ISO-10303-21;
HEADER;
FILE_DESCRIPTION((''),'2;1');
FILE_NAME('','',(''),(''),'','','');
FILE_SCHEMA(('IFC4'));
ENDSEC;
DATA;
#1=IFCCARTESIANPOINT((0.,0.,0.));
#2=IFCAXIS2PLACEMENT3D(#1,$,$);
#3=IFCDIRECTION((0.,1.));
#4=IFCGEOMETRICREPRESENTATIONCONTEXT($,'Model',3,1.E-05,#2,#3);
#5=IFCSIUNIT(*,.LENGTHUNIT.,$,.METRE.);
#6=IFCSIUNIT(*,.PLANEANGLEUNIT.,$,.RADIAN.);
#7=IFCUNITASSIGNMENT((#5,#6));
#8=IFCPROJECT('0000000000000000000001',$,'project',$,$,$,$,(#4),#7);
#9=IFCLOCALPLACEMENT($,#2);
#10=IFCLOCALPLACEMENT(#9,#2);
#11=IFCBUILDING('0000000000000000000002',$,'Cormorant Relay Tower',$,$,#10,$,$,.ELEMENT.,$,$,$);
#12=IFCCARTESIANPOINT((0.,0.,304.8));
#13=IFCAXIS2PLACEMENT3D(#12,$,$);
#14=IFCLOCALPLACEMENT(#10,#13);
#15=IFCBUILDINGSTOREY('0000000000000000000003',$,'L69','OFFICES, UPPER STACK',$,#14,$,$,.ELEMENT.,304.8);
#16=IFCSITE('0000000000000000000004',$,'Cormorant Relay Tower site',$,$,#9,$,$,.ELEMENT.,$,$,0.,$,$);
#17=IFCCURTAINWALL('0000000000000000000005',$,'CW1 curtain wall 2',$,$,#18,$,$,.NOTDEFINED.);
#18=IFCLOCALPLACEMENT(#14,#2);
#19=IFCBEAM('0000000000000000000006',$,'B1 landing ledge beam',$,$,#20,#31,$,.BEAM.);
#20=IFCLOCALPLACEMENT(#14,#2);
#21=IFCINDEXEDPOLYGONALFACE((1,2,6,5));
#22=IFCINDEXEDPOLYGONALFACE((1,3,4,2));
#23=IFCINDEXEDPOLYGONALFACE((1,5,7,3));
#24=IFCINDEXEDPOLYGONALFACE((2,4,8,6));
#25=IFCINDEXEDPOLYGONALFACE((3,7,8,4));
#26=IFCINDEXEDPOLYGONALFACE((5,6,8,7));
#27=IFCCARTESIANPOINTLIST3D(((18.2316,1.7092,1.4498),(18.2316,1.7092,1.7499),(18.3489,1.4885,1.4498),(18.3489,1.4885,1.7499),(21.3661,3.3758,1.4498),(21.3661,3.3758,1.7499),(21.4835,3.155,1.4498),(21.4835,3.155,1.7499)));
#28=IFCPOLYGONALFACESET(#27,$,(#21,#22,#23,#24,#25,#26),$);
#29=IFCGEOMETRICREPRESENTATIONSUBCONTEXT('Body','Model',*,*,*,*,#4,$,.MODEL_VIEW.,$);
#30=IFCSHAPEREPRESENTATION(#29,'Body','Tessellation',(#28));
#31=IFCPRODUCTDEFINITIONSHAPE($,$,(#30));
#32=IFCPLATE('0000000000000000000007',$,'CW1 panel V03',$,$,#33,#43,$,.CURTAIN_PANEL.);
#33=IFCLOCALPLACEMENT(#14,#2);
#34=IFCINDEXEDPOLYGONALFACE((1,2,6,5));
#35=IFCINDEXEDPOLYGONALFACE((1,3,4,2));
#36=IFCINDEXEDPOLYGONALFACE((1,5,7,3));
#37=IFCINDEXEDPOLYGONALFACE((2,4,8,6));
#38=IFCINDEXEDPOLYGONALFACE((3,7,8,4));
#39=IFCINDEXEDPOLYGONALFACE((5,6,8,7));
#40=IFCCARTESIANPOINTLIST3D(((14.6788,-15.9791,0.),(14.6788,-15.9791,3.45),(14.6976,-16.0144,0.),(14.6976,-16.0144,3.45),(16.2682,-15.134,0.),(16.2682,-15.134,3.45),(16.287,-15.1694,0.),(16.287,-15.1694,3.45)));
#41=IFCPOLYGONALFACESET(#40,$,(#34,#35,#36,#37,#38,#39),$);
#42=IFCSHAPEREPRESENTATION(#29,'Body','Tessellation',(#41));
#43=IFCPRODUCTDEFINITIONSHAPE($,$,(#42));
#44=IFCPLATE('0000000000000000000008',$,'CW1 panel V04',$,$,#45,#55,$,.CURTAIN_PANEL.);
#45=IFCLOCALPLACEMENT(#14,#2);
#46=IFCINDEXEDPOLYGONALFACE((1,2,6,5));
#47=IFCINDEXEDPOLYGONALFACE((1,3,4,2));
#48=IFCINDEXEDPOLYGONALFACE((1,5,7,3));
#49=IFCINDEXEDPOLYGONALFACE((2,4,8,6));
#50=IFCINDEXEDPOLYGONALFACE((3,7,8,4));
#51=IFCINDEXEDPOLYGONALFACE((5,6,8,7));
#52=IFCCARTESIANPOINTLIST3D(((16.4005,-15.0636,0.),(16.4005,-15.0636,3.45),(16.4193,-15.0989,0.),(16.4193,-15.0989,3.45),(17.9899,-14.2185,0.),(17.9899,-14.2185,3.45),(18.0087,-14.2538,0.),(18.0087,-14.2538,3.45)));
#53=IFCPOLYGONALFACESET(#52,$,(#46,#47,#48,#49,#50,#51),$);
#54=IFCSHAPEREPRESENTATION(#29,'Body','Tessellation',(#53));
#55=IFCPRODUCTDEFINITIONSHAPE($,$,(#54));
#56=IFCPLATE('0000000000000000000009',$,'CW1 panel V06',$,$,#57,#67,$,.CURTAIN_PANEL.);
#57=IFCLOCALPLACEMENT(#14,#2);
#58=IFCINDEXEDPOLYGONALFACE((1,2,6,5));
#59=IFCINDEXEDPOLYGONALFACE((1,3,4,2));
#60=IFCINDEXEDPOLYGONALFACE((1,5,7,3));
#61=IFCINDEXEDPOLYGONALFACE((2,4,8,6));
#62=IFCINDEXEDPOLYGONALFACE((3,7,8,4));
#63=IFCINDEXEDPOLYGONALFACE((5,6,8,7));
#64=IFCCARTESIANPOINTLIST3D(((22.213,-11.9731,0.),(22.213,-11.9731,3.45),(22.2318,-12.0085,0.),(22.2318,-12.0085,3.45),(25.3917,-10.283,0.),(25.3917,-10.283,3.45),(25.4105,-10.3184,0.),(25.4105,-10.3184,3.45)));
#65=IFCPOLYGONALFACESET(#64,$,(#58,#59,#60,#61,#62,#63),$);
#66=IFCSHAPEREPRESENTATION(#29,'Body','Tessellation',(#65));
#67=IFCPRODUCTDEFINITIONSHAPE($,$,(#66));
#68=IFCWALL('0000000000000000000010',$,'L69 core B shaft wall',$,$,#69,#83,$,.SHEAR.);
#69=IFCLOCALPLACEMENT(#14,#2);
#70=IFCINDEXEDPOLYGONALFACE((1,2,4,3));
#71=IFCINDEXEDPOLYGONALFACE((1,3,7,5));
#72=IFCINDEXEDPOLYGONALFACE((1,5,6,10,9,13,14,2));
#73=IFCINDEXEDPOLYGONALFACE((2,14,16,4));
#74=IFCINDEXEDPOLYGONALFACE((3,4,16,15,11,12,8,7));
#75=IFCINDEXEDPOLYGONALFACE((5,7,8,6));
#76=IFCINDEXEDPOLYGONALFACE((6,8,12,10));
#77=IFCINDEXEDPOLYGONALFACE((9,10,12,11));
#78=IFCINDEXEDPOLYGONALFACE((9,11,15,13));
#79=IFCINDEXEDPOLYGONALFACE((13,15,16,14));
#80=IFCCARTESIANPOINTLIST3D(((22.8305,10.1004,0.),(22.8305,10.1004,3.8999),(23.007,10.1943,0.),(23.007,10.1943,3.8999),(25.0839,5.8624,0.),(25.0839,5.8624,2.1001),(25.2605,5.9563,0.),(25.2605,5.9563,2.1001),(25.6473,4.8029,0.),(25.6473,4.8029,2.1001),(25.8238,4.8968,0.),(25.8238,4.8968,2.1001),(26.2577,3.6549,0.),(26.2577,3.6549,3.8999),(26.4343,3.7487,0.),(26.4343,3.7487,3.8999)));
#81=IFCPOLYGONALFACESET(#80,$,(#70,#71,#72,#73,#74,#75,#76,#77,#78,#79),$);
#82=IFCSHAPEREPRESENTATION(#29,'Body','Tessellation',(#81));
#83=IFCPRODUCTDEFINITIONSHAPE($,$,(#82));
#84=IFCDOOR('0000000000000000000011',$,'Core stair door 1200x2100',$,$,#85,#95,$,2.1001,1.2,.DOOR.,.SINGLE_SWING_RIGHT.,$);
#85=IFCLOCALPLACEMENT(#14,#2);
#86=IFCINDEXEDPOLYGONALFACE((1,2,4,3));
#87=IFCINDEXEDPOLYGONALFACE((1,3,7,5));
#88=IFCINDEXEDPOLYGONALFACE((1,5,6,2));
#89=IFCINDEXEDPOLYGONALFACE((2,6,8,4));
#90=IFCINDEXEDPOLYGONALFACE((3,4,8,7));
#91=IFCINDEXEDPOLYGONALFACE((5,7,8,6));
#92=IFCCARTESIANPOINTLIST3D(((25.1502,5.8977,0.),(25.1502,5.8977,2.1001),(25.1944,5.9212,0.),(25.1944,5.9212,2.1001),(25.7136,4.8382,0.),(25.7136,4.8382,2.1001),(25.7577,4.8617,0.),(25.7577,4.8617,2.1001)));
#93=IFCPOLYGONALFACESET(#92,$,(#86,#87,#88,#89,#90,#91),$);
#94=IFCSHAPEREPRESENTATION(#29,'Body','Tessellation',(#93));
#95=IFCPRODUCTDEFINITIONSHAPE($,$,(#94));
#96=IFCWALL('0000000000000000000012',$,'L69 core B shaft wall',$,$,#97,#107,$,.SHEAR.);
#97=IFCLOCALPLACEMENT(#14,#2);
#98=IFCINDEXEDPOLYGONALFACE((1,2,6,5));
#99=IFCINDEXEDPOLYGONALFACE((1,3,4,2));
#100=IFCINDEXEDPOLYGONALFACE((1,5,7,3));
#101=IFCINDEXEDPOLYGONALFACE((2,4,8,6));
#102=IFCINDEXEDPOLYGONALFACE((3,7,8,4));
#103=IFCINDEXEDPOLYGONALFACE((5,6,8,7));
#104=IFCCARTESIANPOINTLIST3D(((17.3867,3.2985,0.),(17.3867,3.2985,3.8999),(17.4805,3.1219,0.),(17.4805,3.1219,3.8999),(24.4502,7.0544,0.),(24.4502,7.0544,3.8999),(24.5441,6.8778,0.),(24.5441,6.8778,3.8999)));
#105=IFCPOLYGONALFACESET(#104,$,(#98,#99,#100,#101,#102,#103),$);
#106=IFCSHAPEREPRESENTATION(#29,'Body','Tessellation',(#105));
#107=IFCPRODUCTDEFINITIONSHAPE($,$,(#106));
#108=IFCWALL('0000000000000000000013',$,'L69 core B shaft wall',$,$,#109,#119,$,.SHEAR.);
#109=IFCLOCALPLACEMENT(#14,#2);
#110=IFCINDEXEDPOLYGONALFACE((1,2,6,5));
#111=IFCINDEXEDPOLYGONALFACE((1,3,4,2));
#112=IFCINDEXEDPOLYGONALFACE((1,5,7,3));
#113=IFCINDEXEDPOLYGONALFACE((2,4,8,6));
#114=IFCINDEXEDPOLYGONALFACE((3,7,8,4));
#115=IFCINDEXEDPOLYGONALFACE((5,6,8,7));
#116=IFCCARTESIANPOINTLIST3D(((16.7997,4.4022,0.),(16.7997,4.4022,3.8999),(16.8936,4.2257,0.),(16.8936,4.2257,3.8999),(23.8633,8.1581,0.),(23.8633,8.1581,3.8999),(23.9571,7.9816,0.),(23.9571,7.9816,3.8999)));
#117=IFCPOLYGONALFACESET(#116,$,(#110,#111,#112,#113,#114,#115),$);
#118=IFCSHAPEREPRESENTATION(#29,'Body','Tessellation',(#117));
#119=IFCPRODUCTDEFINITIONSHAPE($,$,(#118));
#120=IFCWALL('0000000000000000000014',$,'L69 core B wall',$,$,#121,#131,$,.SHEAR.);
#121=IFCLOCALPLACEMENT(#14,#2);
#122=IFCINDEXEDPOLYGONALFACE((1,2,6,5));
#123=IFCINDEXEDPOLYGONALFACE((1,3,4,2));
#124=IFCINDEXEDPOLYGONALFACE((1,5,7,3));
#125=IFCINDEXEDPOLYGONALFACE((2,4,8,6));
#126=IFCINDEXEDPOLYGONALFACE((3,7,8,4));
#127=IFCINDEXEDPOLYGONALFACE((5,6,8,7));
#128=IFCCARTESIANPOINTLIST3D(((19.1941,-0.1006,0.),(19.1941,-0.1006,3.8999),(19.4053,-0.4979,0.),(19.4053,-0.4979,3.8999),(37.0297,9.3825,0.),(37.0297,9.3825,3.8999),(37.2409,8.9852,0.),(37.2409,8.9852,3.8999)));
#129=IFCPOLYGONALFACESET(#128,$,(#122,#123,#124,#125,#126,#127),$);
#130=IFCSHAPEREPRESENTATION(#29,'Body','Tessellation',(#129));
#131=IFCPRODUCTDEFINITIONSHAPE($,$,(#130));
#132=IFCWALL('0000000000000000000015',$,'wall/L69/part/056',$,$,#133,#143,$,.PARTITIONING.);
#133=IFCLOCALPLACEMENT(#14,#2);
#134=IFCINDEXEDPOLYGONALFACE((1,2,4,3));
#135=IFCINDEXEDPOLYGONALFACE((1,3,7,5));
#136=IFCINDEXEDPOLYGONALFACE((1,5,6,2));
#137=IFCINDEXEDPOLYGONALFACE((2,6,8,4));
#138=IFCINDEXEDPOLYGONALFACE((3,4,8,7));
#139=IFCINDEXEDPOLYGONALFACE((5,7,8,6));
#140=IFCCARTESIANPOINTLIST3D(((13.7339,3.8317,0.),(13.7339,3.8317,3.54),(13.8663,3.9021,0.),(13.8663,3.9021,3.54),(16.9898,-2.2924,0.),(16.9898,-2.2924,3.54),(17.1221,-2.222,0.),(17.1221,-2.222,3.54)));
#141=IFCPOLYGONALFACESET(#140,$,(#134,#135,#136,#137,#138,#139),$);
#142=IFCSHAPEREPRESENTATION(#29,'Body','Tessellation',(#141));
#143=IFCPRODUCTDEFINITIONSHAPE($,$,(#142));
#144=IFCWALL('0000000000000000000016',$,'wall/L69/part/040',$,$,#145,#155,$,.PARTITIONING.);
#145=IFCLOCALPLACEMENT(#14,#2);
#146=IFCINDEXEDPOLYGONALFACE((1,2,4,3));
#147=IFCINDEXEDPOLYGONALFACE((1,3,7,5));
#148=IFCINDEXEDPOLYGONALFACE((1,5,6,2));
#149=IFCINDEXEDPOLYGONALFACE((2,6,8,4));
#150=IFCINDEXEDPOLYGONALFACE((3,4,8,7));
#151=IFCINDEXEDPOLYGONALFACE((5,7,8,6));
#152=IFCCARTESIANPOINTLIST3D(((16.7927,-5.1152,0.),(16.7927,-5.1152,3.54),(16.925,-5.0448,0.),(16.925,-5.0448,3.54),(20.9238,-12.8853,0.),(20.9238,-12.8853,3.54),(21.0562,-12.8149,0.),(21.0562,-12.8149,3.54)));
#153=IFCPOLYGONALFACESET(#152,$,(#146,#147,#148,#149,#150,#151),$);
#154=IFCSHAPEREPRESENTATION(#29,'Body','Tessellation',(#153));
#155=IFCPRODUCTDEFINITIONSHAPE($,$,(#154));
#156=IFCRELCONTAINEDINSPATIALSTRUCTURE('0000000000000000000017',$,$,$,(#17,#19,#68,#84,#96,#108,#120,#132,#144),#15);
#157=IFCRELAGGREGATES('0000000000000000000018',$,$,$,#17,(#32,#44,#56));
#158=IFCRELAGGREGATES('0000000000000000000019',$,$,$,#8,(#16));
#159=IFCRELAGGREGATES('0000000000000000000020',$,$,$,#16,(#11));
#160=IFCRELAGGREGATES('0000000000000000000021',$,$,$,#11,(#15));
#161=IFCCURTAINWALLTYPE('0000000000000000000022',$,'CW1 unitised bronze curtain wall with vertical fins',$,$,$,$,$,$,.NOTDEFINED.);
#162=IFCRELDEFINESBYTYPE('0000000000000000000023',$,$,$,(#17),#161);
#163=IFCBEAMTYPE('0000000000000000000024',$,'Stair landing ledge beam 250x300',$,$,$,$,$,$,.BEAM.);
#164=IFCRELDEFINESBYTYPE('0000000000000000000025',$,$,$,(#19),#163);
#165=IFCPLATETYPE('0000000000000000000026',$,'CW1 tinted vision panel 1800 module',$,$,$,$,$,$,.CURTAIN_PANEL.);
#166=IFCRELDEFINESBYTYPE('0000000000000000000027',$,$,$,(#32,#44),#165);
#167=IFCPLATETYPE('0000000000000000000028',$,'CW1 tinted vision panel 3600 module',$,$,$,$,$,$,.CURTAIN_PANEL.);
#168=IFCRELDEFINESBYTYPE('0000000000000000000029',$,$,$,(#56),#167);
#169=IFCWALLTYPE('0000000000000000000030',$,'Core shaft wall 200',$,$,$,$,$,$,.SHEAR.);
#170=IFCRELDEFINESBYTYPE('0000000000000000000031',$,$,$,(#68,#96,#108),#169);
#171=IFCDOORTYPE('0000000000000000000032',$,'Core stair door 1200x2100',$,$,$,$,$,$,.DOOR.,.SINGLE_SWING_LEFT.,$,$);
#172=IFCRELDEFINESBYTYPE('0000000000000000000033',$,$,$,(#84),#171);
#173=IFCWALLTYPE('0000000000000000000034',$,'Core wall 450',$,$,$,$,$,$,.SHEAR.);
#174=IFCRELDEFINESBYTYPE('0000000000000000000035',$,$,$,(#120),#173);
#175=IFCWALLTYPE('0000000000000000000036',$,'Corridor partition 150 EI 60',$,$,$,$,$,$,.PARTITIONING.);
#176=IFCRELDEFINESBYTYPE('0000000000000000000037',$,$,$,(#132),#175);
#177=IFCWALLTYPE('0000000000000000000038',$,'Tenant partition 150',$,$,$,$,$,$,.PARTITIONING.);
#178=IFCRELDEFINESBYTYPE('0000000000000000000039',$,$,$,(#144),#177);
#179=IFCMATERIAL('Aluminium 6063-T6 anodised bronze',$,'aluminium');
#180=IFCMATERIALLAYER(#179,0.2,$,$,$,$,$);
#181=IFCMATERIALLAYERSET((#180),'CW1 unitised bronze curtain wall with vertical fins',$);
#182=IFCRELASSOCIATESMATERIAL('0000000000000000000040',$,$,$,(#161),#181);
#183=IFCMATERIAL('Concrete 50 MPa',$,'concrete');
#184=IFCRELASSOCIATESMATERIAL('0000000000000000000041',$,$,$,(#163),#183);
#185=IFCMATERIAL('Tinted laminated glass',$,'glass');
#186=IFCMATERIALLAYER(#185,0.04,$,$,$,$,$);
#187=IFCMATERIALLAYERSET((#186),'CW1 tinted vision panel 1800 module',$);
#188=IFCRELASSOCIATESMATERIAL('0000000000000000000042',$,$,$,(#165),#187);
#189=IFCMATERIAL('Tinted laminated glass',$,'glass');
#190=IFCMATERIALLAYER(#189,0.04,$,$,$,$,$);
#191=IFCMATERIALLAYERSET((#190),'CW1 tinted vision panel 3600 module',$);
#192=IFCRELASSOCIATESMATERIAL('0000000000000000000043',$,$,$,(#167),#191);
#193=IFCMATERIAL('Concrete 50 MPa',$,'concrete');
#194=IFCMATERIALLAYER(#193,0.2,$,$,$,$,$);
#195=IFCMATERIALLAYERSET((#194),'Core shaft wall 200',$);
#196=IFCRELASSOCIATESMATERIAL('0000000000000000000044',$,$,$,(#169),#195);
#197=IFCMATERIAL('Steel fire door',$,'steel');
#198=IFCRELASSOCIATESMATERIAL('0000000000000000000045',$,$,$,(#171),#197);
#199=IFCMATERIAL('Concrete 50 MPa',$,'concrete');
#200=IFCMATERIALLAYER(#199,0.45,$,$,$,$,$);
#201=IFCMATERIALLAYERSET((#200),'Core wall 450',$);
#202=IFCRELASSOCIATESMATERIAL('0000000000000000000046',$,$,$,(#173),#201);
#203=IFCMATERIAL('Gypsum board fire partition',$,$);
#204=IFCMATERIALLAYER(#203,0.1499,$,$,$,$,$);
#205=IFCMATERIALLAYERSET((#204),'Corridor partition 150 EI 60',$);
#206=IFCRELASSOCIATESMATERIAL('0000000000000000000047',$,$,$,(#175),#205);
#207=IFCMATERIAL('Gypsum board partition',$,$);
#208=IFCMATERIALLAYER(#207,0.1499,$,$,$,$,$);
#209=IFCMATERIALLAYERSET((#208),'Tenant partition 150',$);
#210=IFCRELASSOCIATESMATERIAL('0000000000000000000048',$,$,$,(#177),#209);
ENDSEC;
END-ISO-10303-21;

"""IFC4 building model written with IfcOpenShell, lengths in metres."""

from ifc_helpers import new_model, si_unit, direction, frame, frame_2d, origin, origin_2d, place, context, subcontext, project, spatial, rectangle, extrude, material, layer, layer_set, material_profile, profile_set, type_object, element, fill, aggregate, save


model = new_model("IFC4")

# Units and contexts
model_context = context("Model", 3, precision=1e-05, world=origin(), true_north=direction((0.0, 1.0)))
body_context = subcontext(model_context, "Body", "Model", "MODEL_VIEW")
ifc_project = project(units=[si_unit("LENGTHUNIT", "METRE"), si_unit("PLANEANGLEUNIT", "RADIAN")], contexts=[model_context])

# Site, building, storey
site_placement = place(None, origin())
site = spatial("IfcSite", under=ifc_project, at=site_placement, Name="Cormorant Relay Tower site", CompositionType="ELEMENT", RefElevation=0.0)
building_placement = place(site_placement, origin())
building = spatial("IfcBuilding", under=site, at=building_placement, Name="Cormorant Relay Tower", CompositionType="ELEMENT")
storey_placement = place(building_placement, frame((0.0, 0.0, 304.8)))
storey = spatial("IfcBuildingStorey", under=building, at=storey_placement, Name="L69", Description="OFFICES, UPPER STACK", CompositionType="ELEMENT", Elevation=304.8)

# Curtain wall
ifc_material_1 = material(Name="Aluminium 6063-T6 anodised bronze", Category="aluminium")
ifc_layer_1 = layer(ifc_material_1, 0.2)
ifc_layer_set_1 = layer_set([ifc_layer_1], Name="CW1 unitised bronze curtain wall with vertical fins")
curtain_wall_type = type_object("IfcCurtainWallType", Name="CW1 unitised bronze curtain wall with vertical fins", PredefinedType="NOTDEFINED", material=ifc_layer_set_1)
curtain_wall_placement = place(storey_placement, origin())
curtain_wall = element("IfcCurtainWall", 1, at=curtain_wall_placement, inside=storey, type_object=curtain_wall_type, Name="CW1 curtain wall 2", PredefinedType="NOTDEFINED")

# Beam
ifc_material_2 = material(Name="Concrete 50 MPa", Category="concrete")
ifc_material_profile_1 = material_profile(ifc_material_2, rectangle(XDim=0.25, YDim=0.3, at=origin_2d()), Name="RC 250x300")
ifc_profile_set_1 = profile_set([ifc_material_profile_1], Name="Concrete 50 MPa")
beam_type_1 = type_object("IfcBeamType", Name="Stair landing ledge beam 250x300", PredefinedType="BEAM", material=ifc_profile_set_1)
beam_1_placement = place(storey_placement, frame((21.4248, 3.2654, 1.5999), z_axis=(-0.882965, -0.469438, 0.0), x_axis=(0.469438, -0.882965, 0.0)))
element("IfcBeam", 2, at=beam_1_placement, inside=storey, type_object=beam_type_1, Name="B1 landing ledge beam", PredefinedType="BEAM", context=body_context, shape_type="SweptSolid", body=[
    extrude(rectangle(XDim=0.25, YDim=0.3, at=origin_2d()), origin(), (0.0, 0.0, 1.0), 3.55),
])

# Plates
ifc_material_3 = material(Name="Tinted laminated glass", Category="glass")
ifc_layer_2 = layer(ifc_material_3, 0.04)
ifc_layer_set_2 = layer_set([ifc_layer_2], Name="CW1 tinted vision panel 1800 module")
plate_type_1 = type_object("IfcPlateType", Name="CW1 tinted vision panel 1800 module", PredefinedType="CURTAIN_PANEL", material=ifc_layer_set_2)
plate_1_placement = place(storey_placement, frame((15.4829, -15.5742, 0.0), z_axis=(0.0, 0.0, 1.0), x_axis=(0.882948, 0.469472, 0.0)))
plate_1 = element("IfcPlate", 3, at=plate_1_placement, type_object=plate_type_1, Name="CW1 panel V03", PredefinedType="CURTAIN_PANEL", context=body_context, shape_type="SweptSolid", body=[
    extrude(rectangle(XDim=1.8, YDim=0.04, at=origin_2d()), origin(), (0.0, 0.0, 1.0), 3.45),
])
plate_2_placement = place(storey_placement, frame((17.2046, -14.6587, 0.0), z_axis=(0.0, 0.0, 1.0), x_axis=(0.882948, 0.469472, 0.0)))
plate_2 = element("IfcPlate", 4, at=plate_2_placement, type_object=plate_type_1, Name="CW1 panel V04", PredefinedType="CURTAIN_PANEL", context=body_context, shape_type="SweptSolid", body=[
    extrude(rectangle(XDim=1.8, YDim=0.04, at=origin_2d()), origin(), (0.0, 0.0, 1.0), 3.45),
])
ifc_material_4 = material(Name="Tinted laminated glass", Category="glass")
ifc_layer_3 = layer(ifc_material_4, 0.04)
ifc_layer_set_3 = layer_set([ifc_layer_3], Name="CW1 tinted vision panel 3600 module")
plate_type_2 = type_object("IfcPlateType", Name="CW1 tinted vision panel 3600 module", PredefinedType="CURTAIN_PANEL", material=ifc_layer_set_3)
plate_3_placement = place(storey_placement, frame((23.8118, -11.1458, 0.0), z_axis=(0.0, 0.0, 1.0), x_axis=(0.882948, 0.469472, 0.0)))
plate_3 = element("IfcPlate", 5, at=plate_3_placement, type_object=plate_type_2, Name="CW1 panel V06", PredefinedType="CURTAIN_PANEL", context=body_context, shape_type="SweptSolid", body=[
    extrude(rectangle(XDim=3.6001, YDim=0.04, at=origin_2d()), origin(), (0.0, 0.0, 1.0), 3.45),
])

# Wall, opening, door
ifc_material_5 = material(Name="Concrete 50 MPa", Category="concrete")
ifc_layer_4 = layer(ifc_material_5, 0.2)
ifc_layer_set_4 = layer_set([ifc_layer_4], Name="Core shaft wall 200")
wall_type_1 = type_object("IfcWallType", Name="Core shaft wall 200", PredefinedType="SHEAR", material=ifc_layer_set_4)
wall_1_placement = place(storey_placement, frame((26.3459, 3.7019, 0.0), z_axis=(0.0, 0.0, 1.0), x_axis=(-0.46948, 0.882943, 0.0)))
wall_1 = element("IfcWall", 6, at=wall_1_placement, inside=storey, type_object=wall_type_1, Name="L69 core B shaft wall", PredefinedType="SHEAR", context=body_context, shape_type="SweptSolid", body=[
    extrude(rectangle(XDim=7.3, YDim=0.2, at=frame_2d((3.6499, 0.0))), origin(), (0.0, 0.0, 1.0), 3.8999),
])
opening_1_placement = place(wall_1_placement, frame((1.3, 0.0, 0.0)))
opening_1 = element("IfcOpeningElement", 7, at=opening_1_placement, cuts=wall_1, PredefinedType="OPENING", context=body_context, shape_type="SweptSolid", body=[
    extrude(rectangle(XDim=1.2, YDim=2.1001, at=frame_2d((0.6001, 1.05))), frame((0.0, 0.1099, 0.0), z_axis=(0.0, -1.0, 0.0), x_axis=(1.0, 0.0, 0.0)), (0.0, 0.0, 1.0), 0.22),
])
ifc_material_6 = material(Name="Steel fire door", Category="steel")
door_type_1 = type_object("IfcDoorType", Name="Core stair door 1200x2100", OperationType="SINGLE_SWING_LEFT", PredefinedType="DOOR", material=ifc_material_6)
door_1_placement = place(opening_1_placement, origin())
door_1 = element("IfcDoor", 8, at=door_1_placement, inside=storey, type_object=door_type_1, Name="Core stair door 1200x2100", OperationType="SINGLE_SWING_RIGHT", OverallHeight=2.1001, OverallWidth=1.2, PredefinedType="DOOR", context=body_context, shape_type="SweptSolid", body=[
    extrude(rectangle(XDim=1.2, YDim=2.1001, at=frame_2d((0.6001, 1.05))), frame((0.0, 0.0249, 0.0), z_axis=(0.0, -1.0, 0.0), x_axis=(1.0, 0.0, 0.0)), (0.0, 0.0, 1.0), 0.05),
])
fill(opening_1, door_1)

# Walls
for number, where, z_axis, x_axis, name in (
    (9, (17.4336, 3.2102, 0.0), (0.0, 0.0, 1.0), (0.88294, 0.469485, 0.0), "L69 core B shaft wall"),
    (10, (16.8467, 4.314, 0.0), (0.0, 0.0, 1.0), (0.88294, 0.469485, 0.0), "L69 core B shaft wall"),
):
    element("IfcWall", number, at=place(storey_placement, frame(where, z_axis=z_axis, x_axis=x_axis)), inside=storey, type_object=wall_type_1, Name=name, PredefinedType="SHEAR", context=body_context, shape_type="SweptSolid", body=[
        extrude(rectangle(XDim=8.0, YDim=0.2, at=frame_2d((4.0, 0.0))), origin(), (0.0, 0.0, 1.0), 3.8999),
    ])

# Shared definitions
ifc_material_7 = material(Name="Concrete 50 MPa", Category="concrete")
ifc_layer_5 = layer(ifc_material_7, 0.45)
ifc_layer_set_5 = layer_set([ifc_layer_5], Name="Core wall 450")
wall_type_2 = type_object("IfcWallType", Name="Core wall 450", PredefinedType="SHEAR", material=ifc_layer_set_5)

# Walls
wall_2_placement = place(storey_placement, frame((19.2996, -0.2993, 0.0), z_axis=(0.0, 0.0, 1.0), x_axis=(0.882953, 0.469462, 0.0)))
element("IfcWall", 11, at=wall_2_placement, inside=storey, type_object=wall_type_2, Name="L69 core B wall", PredefinedType="SHEAR", context=body_context, shape_type="SweptSolid", body=[
    extrude(rectangle(XDim=20.2, YDim=0.45, at=frame_2d((10.1001, 0.0))), origin(), (0.0, 0.0, 1.0), 3.8999),
])
ifc_material_8 = material(Name="Gypsum board fire partition")
ifc_layer_6 = layer(ifc_material_8, 0.1499)
ifc_layer_set_6 = layer_set([ifc_layer_6], Name="Corridor partition 150 EI 60")
wall_type_3 = type_object("IfcWallType", Name="Corridor partition 150 EI 60", PredefinedType="PARTITIONING", material=ifc_layer_set_6)
wall_3_placement = place(storey_placement, frame((17.0559, -2.2571, 0.0), z_axis=(0.0, 0.0, 1.0), x_axis=(-0.469433, 0.882968, 0.0)))
element("IfcWall", 12, at=wall_3_placement, inside=storey, type_object=wall_type_3, Name="wall/L69/part/056", PredefinedType="PARTITIONING", context=body_context, shape_type="SweptSolid", body=[
    extrude(rectangle(XDim=6.9358, YDim=0.1499, at=frame_2d((3.4678, 0.0))), origin(), (0.0, 0.0, 1.0), 3.54),
])
ifc_material_9 = material(Name="Gypsum board partition")
ifc_layer_7 = layer(ifc_material_9, 0.1499)
ifc_layer_set_7 = layer_set([ifc_layer_7], Name="Tenant partition 150")
wall_type_4 = type_object("IfcWallType", Name="Tenant partition 150", PredefinedType="PARTITIONING", material=ifc_layer_set_7)
wall_4_placement = place(storey_placement, frame((16.8589, -5.0801, 0.0), z_axis=(0.0, 0.0, 1.0), x_axis=(0.469446, -0.882961, 0.0)))
element("IfcWall", 13, at=wall_4_placement, inside=storey, type_object=wall_type_4, Name="wall/L69/part/040", PredefinedType="PARTITIONING", context=body_context, shape_type="SweptSolid", body=[
    extrude(rectangle(XDim=8.8, YDim=0.1499, at=frame_2d((4.3999, 0.0))), origin(), (0.0, 0.0, 1.0), 3.54),
])

aggregate(curtain_wall, [plate_1, plate_2, plate_3])

save(model, "model.ifc")
